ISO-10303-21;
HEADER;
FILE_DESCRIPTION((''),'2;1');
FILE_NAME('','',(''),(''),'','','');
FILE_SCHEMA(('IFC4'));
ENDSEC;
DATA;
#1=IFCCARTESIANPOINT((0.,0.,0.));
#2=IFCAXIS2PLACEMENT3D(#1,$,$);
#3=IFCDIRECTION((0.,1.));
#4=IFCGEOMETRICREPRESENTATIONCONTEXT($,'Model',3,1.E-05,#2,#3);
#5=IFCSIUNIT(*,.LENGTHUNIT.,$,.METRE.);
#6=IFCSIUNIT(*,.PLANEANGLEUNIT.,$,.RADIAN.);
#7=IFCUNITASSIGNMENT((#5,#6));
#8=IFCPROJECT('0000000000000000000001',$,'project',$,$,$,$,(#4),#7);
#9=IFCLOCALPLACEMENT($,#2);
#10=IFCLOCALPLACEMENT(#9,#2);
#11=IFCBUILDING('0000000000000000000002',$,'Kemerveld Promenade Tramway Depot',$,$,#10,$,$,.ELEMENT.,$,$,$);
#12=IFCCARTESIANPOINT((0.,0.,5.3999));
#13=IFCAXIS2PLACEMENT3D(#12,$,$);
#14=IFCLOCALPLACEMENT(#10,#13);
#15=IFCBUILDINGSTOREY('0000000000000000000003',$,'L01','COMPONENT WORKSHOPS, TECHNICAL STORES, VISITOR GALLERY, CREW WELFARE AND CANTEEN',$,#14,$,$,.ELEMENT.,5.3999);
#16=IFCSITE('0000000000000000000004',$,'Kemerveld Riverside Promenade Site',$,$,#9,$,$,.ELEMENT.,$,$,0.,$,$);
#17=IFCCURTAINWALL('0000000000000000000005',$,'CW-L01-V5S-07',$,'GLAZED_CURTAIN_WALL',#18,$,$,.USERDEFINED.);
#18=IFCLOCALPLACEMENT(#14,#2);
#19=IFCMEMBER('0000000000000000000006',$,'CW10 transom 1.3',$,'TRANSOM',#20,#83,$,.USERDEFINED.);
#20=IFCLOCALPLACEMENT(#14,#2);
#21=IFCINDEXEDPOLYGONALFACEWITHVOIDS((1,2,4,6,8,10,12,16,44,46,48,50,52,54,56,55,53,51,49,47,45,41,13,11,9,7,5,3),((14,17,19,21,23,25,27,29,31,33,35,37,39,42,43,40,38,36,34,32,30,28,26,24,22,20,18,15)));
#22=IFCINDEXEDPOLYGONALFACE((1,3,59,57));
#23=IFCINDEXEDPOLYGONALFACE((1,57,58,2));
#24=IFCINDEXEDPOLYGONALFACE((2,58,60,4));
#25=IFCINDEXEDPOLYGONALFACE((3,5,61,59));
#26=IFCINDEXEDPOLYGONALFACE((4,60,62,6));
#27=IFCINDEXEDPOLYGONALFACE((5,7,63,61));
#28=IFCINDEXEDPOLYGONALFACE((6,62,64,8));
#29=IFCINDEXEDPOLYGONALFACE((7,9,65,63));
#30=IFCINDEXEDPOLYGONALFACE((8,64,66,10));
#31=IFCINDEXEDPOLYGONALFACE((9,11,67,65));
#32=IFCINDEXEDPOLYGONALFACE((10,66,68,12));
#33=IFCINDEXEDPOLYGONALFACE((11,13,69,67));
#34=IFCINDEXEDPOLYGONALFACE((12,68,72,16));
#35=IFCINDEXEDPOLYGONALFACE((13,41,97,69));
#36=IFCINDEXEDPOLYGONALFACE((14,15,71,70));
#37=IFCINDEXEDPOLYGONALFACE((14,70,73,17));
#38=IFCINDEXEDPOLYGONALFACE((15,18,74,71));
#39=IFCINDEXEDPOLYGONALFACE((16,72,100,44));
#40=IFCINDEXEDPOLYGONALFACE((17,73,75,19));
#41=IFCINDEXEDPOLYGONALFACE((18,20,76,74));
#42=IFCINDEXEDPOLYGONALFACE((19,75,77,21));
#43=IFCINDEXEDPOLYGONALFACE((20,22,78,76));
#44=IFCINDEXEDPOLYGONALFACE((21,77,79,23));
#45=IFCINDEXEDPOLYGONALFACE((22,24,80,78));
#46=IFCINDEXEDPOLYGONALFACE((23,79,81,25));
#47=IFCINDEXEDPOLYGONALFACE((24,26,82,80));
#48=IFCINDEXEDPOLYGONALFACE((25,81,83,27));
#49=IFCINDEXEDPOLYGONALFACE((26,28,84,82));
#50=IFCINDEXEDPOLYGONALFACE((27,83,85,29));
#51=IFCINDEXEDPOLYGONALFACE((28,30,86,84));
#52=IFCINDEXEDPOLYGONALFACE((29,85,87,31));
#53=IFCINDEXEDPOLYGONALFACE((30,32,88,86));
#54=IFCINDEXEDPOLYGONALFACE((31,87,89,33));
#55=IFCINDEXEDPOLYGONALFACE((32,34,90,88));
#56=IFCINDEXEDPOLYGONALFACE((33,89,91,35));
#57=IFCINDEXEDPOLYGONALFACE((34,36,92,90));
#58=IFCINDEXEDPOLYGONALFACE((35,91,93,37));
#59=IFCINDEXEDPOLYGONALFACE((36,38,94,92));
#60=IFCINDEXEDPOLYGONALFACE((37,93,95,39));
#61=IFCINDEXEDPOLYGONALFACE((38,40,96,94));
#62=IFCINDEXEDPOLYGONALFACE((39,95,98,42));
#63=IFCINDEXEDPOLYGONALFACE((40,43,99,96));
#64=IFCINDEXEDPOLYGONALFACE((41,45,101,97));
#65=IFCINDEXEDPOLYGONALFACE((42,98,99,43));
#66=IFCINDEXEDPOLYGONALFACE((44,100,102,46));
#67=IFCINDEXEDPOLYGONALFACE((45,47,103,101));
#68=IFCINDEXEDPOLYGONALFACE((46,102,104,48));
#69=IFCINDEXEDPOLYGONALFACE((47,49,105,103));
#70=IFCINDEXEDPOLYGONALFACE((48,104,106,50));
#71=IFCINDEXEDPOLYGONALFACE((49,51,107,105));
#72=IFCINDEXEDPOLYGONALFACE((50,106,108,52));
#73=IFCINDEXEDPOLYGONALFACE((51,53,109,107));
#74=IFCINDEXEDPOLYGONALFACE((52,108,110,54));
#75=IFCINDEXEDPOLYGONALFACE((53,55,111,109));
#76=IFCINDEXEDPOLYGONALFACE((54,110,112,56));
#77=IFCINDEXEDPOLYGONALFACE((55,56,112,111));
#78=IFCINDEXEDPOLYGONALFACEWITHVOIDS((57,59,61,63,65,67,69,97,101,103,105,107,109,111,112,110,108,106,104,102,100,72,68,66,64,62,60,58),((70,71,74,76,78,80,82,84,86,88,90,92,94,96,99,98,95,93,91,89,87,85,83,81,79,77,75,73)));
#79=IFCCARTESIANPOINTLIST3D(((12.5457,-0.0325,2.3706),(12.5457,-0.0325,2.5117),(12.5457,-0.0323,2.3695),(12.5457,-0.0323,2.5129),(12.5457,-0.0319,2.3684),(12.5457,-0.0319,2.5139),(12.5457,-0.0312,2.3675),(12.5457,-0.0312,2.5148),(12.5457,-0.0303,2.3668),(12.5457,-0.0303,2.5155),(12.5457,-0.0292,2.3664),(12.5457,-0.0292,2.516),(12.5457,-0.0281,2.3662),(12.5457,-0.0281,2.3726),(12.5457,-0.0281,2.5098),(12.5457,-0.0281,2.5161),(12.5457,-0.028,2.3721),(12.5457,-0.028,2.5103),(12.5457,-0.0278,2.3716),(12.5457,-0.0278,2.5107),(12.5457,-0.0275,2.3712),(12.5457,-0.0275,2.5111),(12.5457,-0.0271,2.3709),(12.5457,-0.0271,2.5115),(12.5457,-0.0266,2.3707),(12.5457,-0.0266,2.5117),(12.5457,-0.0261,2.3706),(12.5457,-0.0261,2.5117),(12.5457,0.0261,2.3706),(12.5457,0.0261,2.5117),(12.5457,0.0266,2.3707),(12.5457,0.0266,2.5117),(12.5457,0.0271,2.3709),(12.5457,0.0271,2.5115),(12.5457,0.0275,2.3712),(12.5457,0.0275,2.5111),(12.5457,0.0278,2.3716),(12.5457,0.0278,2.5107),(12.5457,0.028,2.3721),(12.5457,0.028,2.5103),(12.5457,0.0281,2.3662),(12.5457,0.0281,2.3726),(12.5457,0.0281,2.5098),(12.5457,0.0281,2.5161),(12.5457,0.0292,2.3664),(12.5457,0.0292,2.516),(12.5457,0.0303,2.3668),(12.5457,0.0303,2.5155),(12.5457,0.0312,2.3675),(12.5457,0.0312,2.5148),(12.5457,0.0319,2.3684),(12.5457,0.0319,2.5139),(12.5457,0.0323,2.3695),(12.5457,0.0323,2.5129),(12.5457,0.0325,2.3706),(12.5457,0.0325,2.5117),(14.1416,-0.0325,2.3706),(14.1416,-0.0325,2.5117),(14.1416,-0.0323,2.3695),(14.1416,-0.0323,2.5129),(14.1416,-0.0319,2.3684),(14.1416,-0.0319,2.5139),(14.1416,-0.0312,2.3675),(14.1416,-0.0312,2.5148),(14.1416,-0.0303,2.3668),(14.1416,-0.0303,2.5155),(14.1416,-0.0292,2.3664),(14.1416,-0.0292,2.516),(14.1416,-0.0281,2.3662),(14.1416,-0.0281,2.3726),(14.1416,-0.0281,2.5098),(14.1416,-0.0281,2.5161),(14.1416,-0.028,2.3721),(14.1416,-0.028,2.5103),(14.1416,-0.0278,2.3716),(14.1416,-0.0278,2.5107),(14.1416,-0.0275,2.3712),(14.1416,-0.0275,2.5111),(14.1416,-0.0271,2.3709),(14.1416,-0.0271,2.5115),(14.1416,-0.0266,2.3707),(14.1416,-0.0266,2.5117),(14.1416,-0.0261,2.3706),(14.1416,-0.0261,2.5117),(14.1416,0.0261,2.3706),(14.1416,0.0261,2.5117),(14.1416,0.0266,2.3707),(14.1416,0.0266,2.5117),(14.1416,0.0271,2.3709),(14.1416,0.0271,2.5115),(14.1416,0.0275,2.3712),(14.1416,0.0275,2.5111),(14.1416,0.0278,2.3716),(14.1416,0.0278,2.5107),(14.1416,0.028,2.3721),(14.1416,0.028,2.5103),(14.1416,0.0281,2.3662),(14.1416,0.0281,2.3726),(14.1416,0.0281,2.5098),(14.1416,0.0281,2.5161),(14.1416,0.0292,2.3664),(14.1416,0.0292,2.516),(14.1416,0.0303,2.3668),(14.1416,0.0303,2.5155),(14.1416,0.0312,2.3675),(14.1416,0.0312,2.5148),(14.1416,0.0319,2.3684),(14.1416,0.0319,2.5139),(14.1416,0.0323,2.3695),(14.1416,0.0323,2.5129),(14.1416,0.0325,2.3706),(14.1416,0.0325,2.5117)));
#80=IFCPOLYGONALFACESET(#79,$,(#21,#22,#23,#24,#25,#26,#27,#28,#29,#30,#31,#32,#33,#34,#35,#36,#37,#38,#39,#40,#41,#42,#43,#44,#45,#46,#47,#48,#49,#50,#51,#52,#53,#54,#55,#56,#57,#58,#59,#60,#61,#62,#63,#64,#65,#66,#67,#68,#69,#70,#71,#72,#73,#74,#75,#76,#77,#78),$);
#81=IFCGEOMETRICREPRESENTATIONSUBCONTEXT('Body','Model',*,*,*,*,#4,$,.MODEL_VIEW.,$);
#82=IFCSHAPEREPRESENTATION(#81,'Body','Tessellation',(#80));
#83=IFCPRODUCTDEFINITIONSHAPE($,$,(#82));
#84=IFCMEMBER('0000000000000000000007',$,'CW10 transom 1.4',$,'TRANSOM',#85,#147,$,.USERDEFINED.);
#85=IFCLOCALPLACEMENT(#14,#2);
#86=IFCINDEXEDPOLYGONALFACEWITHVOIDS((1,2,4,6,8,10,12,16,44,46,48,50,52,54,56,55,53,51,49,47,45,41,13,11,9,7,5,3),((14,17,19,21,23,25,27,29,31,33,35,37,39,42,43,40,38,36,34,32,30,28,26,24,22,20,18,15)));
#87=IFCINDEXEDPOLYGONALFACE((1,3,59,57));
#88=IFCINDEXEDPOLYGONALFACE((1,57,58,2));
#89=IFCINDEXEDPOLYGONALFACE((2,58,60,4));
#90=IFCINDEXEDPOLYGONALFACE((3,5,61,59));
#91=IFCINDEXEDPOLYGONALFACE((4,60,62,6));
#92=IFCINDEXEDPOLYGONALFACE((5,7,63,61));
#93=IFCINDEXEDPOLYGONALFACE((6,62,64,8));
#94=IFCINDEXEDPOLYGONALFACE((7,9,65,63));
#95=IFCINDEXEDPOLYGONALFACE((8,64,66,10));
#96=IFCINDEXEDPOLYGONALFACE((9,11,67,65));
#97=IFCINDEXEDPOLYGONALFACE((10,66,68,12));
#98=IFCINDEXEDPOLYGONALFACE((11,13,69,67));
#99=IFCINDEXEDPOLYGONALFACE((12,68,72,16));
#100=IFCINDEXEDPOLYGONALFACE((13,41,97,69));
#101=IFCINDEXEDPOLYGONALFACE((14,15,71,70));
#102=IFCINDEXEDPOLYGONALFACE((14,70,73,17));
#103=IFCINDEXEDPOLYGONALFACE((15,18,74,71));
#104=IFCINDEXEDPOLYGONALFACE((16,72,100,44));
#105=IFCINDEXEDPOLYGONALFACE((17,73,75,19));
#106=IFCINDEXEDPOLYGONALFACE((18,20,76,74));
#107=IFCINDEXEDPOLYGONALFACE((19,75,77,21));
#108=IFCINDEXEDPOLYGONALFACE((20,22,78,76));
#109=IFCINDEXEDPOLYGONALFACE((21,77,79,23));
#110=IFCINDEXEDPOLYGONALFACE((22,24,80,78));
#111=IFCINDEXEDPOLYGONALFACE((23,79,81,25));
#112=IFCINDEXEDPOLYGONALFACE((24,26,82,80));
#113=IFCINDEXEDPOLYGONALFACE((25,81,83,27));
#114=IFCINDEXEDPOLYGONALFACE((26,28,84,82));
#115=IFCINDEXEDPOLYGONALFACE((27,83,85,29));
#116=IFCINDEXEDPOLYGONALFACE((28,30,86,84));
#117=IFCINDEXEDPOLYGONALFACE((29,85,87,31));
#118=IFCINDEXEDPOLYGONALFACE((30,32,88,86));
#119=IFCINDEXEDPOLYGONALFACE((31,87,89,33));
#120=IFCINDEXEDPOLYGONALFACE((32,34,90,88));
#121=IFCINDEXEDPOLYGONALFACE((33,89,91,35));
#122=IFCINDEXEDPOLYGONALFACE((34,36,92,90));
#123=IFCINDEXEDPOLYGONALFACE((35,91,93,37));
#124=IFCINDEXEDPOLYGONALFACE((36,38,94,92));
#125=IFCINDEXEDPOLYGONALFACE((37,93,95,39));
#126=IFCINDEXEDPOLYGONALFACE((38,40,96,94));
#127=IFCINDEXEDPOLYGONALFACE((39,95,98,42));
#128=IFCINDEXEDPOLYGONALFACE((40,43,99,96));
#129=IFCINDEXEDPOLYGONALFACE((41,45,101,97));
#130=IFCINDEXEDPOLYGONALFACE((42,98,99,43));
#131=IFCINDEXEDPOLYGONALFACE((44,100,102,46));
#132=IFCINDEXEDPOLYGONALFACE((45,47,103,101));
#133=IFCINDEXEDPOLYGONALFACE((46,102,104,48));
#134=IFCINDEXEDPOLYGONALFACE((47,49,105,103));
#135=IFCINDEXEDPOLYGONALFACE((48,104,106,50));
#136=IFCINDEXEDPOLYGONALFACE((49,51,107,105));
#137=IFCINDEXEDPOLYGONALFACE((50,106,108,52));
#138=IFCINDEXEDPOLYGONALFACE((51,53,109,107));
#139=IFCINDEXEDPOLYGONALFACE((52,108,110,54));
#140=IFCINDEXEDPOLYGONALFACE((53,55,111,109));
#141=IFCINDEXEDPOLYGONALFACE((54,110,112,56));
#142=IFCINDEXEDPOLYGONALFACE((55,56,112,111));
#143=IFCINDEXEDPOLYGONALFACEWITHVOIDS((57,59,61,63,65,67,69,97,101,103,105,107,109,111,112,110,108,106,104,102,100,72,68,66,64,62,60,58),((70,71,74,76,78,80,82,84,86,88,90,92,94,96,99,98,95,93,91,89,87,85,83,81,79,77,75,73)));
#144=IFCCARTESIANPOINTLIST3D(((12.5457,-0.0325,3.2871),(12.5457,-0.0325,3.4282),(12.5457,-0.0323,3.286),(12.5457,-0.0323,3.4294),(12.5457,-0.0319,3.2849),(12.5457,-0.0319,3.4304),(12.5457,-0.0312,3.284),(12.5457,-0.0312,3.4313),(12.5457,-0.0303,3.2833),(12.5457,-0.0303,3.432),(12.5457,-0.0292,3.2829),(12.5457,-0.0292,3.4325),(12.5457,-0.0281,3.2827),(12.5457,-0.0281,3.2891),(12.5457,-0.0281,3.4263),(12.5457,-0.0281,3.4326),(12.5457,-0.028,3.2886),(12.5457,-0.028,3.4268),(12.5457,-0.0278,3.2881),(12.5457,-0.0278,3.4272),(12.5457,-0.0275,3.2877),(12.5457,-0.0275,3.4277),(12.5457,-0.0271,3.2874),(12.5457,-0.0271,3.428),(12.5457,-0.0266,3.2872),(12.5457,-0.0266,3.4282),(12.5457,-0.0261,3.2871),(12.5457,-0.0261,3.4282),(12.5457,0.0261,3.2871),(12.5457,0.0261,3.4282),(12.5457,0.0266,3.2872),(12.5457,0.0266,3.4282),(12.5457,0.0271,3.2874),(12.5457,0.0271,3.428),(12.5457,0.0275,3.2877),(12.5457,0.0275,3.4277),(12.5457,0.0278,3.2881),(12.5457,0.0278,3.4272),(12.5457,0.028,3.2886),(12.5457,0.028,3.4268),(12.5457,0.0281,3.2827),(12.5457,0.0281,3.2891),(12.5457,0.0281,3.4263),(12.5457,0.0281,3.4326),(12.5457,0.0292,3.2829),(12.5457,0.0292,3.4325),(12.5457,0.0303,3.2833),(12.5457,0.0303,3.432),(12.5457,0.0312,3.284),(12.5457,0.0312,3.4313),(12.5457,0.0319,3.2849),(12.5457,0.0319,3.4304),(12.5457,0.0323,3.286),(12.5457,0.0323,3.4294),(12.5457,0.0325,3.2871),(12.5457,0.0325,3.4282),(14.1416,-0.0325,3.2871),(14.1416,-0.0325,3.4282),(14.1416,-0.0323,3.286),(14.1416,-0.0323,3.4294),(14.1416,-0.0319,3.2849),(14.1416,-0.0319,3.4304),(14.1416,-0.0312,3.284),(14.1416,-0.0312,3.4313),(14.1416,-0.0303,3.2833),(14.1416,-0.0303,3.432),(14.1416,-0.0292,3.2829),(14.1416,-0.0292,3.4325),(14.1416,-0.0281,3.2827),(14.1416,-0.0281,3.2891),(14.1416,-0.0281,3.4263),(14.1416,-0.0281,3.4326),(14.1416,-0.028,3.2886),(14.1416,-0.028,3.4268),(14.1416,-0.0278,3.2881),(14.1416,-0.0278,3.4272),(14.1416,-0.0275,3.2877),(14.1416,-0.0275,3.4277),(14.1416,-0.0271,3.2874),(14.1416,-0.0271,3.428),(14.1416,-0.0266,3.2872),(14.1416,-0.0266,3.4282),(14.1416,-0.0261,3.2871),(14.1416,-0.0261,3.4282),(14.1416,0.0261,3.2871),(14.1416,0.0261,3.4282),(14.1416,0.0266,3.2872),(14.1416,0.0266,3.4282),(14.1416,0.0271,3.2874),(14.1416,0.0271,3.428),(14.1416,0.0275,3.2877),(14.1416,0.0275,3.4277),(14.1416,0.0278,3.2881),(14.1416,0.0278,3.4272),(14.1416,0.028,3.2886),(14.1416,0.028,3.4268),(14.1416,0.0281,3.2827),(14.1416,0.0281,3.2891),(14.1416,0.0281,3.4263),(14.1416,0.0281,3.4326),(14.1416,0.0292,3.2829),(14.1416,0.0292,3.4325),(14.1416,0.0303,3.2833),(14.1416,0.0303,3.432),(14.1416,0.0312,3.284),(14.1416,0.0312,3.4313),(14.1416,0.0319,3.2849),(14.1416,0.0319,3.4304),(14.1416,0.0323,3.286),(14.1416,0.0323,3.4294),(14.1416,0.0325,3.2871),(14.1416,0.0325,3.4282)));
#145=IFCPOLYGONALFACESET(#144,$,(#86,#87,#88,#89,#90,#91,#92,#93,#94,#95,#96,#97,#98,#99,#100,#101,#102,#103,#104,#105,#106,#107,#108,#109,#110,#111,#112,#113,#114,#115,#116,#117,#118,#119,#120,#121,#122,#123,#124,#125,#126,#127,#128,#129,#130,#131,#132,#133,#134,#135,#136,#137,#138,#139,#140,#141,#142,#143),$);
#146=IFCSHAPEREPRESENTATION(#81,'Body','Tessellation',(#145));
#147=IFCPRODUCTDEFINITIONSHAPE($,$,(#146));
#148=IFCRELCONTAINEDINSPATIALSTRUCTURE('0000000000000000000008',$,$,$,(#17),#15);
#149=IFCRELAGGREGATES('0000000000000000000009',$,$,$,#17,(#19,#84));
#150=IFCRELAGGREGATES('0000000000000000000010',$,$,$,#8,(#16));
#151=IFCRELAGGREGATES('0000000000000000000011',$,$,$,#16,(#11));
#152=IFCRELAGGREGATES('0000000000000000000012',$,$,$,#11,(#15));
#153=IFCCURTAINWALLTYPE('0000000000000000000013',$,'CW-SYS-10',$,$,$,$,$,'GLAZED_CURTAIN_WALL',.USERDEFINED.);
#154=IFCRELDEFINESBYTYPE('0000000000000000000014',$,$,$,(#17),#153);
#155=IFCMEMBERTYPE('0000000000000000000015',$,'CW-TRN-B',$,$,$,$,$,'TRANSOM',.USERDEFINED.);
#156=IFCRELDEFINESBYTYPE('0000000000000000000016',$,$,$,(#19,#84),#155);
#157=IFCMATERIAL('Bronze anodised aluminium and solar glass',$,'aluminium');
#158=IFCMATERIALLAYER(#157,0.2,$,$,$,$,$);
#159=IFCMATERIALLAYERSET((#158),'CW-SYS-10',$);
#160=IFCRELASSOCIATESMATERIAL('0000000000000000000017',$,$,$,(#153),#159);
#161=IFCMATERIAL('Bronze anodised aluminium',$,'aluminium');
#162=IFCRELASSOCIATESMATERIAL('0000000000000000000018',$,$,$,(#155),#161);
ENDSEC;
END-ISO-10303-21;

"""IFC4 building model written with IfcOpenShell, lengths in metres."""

from ifc_helpers import new_model, si_unit, direction, frame, origin, origin_2d, place, context, subcontext, project, spatial, hollow_rectangle, extrude, material, layer, layer_set, material_profile, profile_set, type_object, element, aggregate, save


model = new_model("IFC4")

# Units and contexts
model_context = context("Model", 3, precision=1e-05, world=origin(), true_north=direction((0.0, 1.0)))
body_context = subcontext(model_context, "Body", "Model", "MODEL_VIEW")
ifc_project = project(units=[si_unit("LENGTHUNIT", "METRE"), si_unit("PLANEANGLEUNIT", "RADIAN")], contexts=[model_context])

# Site, building, storey
site_placement = place(None, origin())
site = spatial("IfcSite", under=ifc_project, at=site_placement, Name="Kemerveld Riverside Promenade Site", CompositionType="ELEMENT", RefElevation=0.0)
building_placement = place(site_placement, origin())
building = spatial("IfcBuilding", under=site, at=building_placement, Name="Kemerveld Promenade Tramway Depot", CompositionType="ELEMENT")
storey_placement = place(building_placement, frame((0.0, 0.0, 5.3999)))
storey = spatial("IfcBuildingStorey", under=building, at=storey_placement, Name="L01", Description="COMPONENT WORKSHOPS, TECHNICAL STORES, VISITOR GALLERY, CREW WELFARE AND CANTEEN", CompositionType="ELEMENT", Elevation=5.3999)

# Curtain wall, members
ifc_material_1 = material(Name="Bronze anodised aluminium and solar glass", Category="aluminium")
ifc_layer_1 = layer(ifc_material_1, 0.2)
ifc_layer_set_1 = layer_set([ifc_layer_1], Name="CW-SYS-10")
curtain_wall_type = type_object("IfcCurtainWallType", Name="CW-SYS-10", ElementType="GLAZED_CURTAIN_WALL", PredefinedType="USERDEFINED", material=ifc_layer_set_1)
curtain_wall_placement = place(storey_placement, origin())
curtain_wall = element("IfcCurtainWall", 1, at=curtain_wall_placement, inside=storey, type_object=curtain_wall_type, Name="CW-L01-V5S-07", ObjectType="GLAZED_CURTAIN_WALL", PredefinedType="USERDEFINED")
ifc_material_2 = material(Name="Bronze anodised aluminium", Category="aluminium")
ifc_material_profile_1 = material_profile(ifc_material_2, hollow_rectangle(XDim=0.0649, YDim=0.1499, WallThickness=0.0044, InnerFilletRadius=0.002, OuterFilletRadius=0.0044, at=origin_2d()), Name="CW-TRN-150x65")
ifc_profile_set_1 = profile_set([ifc_material_profile_1], Name="Bronze anodised aluminium")
member_type_1 = type_object("IfcMemberType", Name="CW-TRN-B", ElementType="TRANSOM", PredefinedType="USERDEFINED", material=ifc_profile_set_1)
member_1_placement = place(storey_placement, frame((14.1416, 0.0, 2.4412), z_axis=(-1.0, 0.0, 0.0), x_axis=(0.0, -1.0, 0.0)))
member_1 = element("IfcMember", 2, at=member_1_placement, type_object=member_type_1, Name="CW10 transom 1.3", ObjectType="TRANSOM", PredefinedType="USERDEFINED", context=body_context, shape_type="SweptSolid", body=[
    extrude(hollow_rectangle(XDim=0.0649, YDim=0.1499, WallThickness=0.0044, InnerFilletRadius=0.002, OuterFilletRadius=0.0044, at=origin_2d()), origin(), (0.0, 0.0, 1.0), 1.5959),
])
member_2_placement = place(storey_placement, frame((14.1416, 0.0, 3.3577), z_axis=(-1.0, 0.0, 0.0), x_axis=(0.0, -1.0, 0.0)))
member_2 = element("IfcMember", 3, at=member_2_placement, type_object=member_type_1, Name="CW10 transom 1.4", ObjectType="TRANSOM", PredefinedType="USERDEFINED", context=body_context, shape_type="SweptSolid", body=[
    extrude(hollow_rectangle(XDim=0.0649, YDim=0.1499, WallThickness=0.0044, InnerFilletRadius=0.002, OuterFilletRadius=0.0044, at=origin_2d()), origin(), (0.0, 0.0, 1.0), 1.5959),
])
aggregate(curtain_wall, [member_1, member_2])

save(model, "model.ifc")
